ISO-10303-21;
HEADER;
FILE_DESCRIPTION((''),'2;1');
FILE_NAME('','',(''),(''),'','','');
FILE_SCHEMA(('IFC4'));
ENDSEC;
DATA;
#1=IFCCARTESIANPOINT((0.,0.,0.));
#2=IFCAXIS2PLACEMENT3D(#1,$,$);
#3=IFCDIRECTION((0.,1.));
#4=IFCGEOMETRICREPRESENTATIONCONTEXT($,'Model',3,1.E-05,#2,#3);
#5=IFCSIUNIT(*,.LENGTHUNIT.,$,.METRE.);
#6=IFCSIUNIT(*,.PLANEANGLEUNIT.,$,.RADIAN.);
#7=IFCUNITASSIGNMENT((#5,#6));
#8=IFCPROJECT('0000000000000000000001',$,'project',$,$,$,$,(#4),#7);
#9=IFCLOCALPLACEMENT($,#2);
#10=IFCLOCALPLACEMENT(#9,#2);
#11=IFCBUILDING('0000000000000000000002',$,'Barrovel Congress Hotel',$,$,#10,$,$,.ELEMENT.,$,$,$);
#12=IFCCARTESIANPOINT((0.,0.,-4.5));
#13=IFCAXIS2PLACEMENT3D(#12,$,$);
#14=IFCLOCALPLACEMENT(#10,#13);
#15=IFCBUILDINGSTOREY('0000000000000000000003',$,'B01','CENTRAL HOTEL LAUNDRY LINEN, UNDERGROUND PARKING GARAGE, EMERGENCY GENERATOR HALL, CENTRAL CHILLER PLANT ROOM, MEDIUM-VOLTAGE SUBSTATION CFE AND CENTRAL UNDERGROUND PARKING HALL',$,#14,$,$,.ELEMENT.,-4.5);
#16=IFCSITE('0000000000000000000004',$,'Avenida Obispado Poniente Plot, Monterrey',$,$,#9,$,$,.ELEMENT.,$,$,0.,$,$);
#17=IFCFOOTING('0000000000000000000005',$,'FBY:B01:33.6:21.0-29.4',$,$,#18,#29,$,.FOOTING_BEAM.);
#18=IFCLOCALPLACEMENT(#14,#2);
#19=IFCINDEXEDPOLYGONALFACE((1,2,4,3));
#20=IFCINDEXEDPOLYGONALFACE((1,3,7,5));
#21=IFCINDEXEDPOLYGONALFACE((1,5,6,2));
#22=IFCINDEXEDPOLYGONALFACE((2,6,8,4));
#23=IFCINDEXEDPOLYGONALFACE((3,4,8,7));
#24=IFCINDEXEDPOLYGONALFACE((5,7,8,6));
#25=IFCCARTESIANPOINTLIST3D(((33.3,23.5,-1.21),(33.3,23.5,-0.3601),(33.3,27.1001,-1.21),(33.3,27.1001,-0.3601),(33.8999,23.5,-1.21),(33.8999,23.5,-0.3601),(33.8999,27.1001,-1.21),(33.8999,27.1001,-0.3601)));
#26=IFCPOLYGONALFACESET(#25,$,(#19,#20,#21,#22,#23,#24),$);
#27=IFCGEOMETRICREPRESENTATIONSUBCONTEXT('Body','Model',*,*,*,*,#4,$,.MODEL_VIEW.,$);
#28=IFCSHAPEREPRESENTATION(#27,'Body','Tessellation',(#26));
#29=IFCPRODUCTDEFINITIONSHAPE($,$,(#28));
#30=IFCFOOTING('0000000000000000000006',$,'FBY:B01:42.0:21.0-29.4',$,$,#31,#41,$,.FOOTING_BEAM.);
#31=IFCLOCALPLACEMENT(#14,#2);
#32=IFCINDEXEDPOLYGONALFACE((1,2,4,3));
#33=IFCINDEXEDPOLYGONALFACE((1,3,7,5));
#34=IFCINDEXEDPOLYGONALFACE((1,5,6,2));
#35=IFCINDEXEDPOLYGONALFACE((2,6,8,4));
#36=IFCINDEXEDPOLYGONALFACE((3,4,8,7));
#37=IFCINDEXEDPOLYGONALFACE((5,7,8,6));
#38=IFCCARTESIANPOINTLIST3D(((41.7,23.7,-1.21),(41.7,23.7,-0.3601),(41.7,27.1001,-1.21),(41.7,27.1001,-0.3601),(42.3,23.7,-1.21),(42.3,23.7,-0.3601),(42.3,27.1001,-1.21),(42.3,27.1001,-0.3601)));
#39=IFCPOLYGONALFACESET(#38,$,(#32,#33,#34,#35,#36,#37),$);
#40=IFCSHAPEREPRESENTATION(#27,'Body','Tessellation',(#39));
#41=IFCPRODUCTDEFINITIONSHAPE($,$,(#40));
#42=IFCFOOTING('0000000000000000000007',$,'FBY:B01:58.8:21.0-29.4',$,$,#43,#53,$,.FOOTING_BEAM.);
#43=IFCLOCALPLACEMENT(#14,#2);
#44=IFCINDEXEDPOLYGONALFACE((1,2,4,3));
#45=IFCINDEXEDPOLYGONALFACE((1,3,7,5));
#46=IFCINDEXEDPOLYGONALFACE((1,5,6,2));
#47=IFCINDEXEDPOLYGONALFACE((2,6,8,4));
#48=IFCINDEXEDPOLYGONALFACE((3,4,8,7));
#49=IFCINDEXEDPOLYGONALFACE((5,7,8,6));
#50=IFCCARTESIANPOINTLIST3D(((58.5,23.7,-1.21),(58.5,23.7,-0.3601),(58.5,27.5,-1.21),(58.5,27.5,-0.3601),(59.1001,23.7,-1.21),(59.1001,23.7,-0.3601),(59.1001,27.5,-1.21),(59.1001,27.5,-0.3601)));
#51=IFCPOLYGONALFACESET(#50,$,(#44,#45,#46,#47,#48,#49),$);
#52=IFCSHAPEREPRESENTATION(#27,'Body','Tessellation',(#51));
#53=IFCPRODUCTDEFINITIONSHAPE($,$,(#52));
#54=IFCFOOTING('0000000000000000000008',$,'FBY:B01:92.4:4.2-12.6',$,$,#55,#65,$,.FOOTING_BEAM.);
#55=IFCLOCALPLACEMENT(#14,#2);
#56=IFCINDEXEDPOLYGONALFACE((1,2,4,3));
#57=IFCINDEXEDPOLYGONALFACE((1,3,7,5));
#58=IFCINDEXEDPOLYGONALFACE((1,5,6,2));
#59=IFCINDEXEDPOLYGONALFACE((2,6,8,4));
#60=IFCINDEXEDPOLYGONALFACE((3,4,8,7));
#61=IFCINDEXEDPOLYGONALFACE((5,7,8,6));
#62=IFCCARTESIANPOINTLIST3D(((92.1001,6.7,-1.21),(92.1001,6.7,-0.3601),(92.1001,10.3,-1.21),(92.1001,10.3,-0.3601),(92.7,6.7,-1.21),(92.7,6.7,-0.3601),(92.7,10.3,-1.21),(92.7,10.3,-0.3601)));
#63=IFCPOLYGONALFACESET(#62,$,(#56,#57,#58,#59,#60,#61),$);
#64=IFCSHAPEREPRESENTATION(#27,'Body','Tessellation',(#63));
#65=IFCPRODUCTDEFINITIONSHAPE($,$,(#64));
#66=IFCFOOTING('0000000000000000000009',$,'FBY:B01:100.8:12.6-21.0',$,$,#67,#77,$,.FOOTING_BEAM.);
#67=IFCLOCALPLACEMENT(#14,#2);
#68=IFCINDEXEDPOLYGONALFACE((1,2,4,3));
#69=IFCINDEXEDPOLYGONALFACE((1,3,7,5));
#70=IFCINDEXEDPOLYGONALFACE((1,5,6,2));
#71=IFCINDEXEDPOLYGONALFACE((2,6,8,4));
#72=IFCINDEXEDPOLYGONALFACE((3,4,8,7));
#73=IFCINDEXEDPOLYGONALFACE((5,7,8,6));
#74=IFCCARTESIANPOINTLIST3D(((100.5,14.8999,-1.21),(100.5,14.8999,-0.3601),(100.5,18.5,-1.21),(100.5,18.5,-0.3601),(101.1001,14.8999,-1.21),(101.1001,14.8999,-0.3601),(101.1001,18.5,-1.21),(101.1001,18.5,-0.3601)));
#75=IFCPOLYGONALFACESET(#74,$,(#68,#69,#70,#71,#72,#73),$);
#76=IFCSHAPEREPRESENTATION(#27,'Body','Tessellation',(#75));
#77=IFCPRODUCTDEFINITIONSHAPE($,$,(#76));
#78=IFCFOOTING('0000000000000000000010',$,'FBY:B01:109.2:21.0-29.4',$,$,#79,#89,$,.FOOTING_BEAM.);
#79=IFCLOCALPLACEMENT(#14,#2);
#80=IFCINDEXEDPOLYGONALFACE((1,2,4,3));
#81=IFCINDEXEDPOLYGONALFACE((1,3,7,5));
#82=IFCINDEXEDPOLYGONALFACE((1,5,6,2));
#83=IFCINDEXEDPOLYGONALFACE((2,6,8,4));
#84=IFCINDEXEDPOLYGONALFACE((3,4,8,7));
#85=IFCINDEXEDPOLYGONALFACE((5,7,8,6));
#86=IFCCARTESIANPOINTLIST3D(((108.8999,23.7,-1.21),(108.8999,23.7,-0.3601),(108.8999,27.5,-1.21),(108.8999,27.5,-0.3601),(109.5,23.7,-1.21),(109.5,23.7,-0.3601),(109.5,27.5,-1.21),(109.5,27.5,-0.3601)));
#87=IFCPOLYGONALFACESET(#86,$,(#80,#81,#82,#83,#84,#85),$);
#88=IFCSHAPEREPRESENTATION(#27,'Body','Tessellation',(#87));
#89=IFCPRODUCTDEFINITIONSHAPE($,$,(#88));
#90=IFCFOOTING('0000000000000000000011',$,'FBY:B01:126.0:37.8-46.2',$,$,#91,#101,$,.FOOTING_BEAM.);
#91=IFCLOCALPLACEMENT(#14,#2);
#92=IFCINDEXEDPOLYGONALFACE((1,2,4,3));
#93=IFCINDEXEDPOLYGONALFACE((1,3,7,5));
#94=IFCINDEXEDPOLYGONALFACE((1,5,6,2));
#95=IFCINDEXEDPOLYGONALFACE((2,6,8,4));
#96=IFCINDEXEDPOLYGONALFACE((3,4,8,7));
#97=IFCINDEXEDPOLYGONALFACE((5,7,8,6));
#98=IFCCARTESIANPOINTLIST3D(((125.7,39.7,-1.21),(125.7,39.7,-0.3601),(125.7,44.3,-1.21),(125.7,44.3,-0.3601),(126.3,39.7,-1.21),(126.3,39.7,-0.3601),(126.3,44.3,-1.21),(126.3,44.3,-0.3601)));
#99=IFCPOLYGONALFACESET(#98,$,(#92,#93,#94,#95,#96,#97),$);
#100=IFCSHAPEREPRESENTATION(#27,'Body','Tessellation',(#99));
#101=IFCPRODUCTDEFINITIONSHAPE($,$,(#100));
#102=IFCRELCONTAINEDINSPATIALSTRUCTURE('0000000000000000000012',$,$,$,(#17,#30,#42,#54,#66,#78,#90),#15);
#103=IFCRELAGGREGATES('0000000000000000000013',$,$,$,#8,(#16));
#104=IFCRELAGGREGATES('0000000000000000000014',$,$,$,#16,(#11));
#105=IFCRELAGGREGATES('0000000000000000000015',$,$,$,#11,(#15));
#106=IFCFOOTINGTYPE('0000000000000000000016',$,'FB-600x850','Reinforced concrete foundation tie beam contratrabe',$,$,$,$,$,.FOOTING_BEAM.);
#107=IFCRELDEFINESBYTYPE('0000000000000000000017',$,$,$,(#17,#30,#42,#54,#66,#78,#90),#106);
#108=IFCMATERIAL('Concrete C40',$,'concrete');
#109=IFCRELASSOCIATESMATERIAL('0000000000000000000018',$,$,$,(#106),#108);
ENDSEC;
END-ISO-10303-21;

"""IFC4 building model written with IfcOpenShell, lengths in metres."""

from ifc_helpers import new_model, si_unit, direction, frame, origin, place, context, subcontext, project, spatial, polyline, outline, extrude, material, type_object, element, save


model = new_model("IFC4")

# Units and contexts
model_context = context("Model", 3, precision=1e-05, world=origin(), true_north=direction((0.0, 1.0)))
body_context = subcontext(model_context, "Body", "Model", "MODEL_VIEW")
ifc_project = project(units=[si_unit("LENGTHUNIT", "METRE"), si_unit("PLANEANGLEUNIT", "RADIAN")], contexts=[model_context])

# Site, building, storey
site_placement = place(None, origin())
site = spatial("IfcSite", under=ifc_project, at=site_placement, Name="Avenida Obispado Poniente Plot, Monterrey", CompositionType="ELEMENT", RefElevation=0.0)
building_placement = place(site_placement, origin())
building = spatial("IfcBuilding", under=site, at=building_placement, Name="Barrovel Congress Hotel", CompositionType="ELEMENT")
storey_placement = place(building_placement, frame((0.0, 0.0, -4.5)))
storey = spatial("IfcBuildingStorey", under=building, at=storey_placement, Name="B01", Description="CENTRAL HOTEL LAUNDRY LINEN, UNDERGROUND PARKING GARAGE, EMERGENCY GENERATOR HALL, CENTRAL CHILLER PLANT ROOM, MEDIUM-VOLTAGE SUBSTATION CFE AND CENTRAL UNDERGROUND PARKING HALL", CompositionType="ELEMENT", Elevation=-4.5)

# Footings
ifc_material = material(Name="Concrete C40", Category="concrete")
footing_type_1 = type_object("IfcFootingType", Name="FB-600x850", Description="Reinforced concrete foundation tie beam contratrabe", PredefinedType="FOOTING_BEAM", material=ifc_material)
footing_1_placement = place(storey_placement, frame((0.0, 0.0, -1.21)))
element("IfcFooting", 1, at=footing_1_placement, inside=storey, type_object=footing_type_1, Name="FBY:B01:33.6:21.0-29.4", PredefinedType="FOOTING_BEAM", context=body_context, shape_type="SweptSolid", body=[
    extrude(outline(polyline([(33.3, 23.5), (33.8999, 23.5), (33.8999, 27.1001), (33.3, 27.1001), (33.3, 23.5)])), origin(), (0.0, 0.0, 1.0), 0.8499),
])
footing_2_placement = place(storey_placement, frame((0.0, 0.0, -1.21)))
element("IfcFooting", 2, at=footing_2_placement, inside=storey, type_object=footing_type_1, Name="FBY:B01:42.0:21.0-29.4", PredefinedType="FOOTING_BEAM", context=body_context, shape_type="SweptSolid", body=[
    extrude(outline(polyline([(41.7, 23.7), (42.3, 23.7), (42.3, 27.1001), (41.7, 27.1001), (41.7, 23.7)])), origin(), (0.0, 0.0, 1.0), 0.8499),
])
footing_3_placement = place(storey_placement, frame((0.0, 0.0, -1.21)))
element("IfcFooting", 3, at=footing_3_placement, inside=storey, type_object=footing_type_1, Name="FBY:B01:58.8:21.0-29.4", PredefinedType="FOOTING_BEAM", context=body_context, shape_type="SweptSolid", body=[
    extrude(outline(polyline([(58.5, 23.7), (59.1001, 23.7), (59.1001, 27.5), (58.5, 27.5), (58.5, 23.7)])), origin(), (0.0, 0.0, 1.0), 0.8499),
])
footing_4_placement = place(storey_placement, frame((0.0, 0.0, -1.21)))
element("IfcFooting", 4, at=footing_4_placement, inside=storey, type_object=footing_type_1, Name="FBY:B01:92.4:4.2-12.6", PredefinedType="FOOTING_BEAM", context=body_context, shape_type="SweptSolid", body=[
    extrude(outline(polyline([(92.1001, 6.7), (92.7, 6.7), (92.7, 10.3), (92.1001, 10.3), (92.1001, 6.7)])), origin(), (0.0, 0.0, 1.0), 0.8499),
])
footing_5_placement = place(storey_placement, frame((0.0, 0.0, -1.21)))
element("IfcFooting", 5, at=footing_5_placement, inside=storey, type_object=footing_type_1, Name="FBY:B01:100.8:12.6-21.0", PredefinedType="FOOTING_BEAM", context=body_context, shape_type="SweptSolid", body=[
    extrude(outline(polyline([(100.5, 14.8999), (101.1001, 14.8999), (101.1001, 18.5), (100.5, 18.5), (100.5, 14.8999)])), origin(), (0.0, 0.0, 1.0), 0.8499),
])
footing_6_placement = place(storey_placement, frame((0.0, 0.0, -1.21)))
element("IfcFooting", 6, at=footing_6_placement, inside=storey, type_object=footing_type_1, Name="FBY:B01:109.2:21.0-29.4", PredefinedType="FOOTING_BEAM", context=body_context, shape_type="SweptSolid", body=[
    extrude(outline(polyline([(108.8999, 23.7), (109.5, 23.7), (109.5, 27.5), (108.8999, 27.5), (108.8999, 23.7)])), origin(), (0.0, 0.0, 1.0), 0.8499),
])
footing_7_placement = place(storey_placement, frame((0.0, 0.0, -1.21)))
element("IfcFooting", 7, at=footing_7_placement, inside=storey, type_object=footing_type_1, Name="FBY:B01:126.0:37.8-46.2", PredefinedType="FOOTING_BEAM", context=body_context, shape_type="SweptSolid", body=[
    extrude(outline(polyline([(125.7, 39.7), (126.3, 39.7), (126.3, 44.3), (125.7, 44.3), (125.7, 39.7)])), origin(), (0.0, 0.0, 1.0), 0.8499),
])

save(model, "model.ifc")
